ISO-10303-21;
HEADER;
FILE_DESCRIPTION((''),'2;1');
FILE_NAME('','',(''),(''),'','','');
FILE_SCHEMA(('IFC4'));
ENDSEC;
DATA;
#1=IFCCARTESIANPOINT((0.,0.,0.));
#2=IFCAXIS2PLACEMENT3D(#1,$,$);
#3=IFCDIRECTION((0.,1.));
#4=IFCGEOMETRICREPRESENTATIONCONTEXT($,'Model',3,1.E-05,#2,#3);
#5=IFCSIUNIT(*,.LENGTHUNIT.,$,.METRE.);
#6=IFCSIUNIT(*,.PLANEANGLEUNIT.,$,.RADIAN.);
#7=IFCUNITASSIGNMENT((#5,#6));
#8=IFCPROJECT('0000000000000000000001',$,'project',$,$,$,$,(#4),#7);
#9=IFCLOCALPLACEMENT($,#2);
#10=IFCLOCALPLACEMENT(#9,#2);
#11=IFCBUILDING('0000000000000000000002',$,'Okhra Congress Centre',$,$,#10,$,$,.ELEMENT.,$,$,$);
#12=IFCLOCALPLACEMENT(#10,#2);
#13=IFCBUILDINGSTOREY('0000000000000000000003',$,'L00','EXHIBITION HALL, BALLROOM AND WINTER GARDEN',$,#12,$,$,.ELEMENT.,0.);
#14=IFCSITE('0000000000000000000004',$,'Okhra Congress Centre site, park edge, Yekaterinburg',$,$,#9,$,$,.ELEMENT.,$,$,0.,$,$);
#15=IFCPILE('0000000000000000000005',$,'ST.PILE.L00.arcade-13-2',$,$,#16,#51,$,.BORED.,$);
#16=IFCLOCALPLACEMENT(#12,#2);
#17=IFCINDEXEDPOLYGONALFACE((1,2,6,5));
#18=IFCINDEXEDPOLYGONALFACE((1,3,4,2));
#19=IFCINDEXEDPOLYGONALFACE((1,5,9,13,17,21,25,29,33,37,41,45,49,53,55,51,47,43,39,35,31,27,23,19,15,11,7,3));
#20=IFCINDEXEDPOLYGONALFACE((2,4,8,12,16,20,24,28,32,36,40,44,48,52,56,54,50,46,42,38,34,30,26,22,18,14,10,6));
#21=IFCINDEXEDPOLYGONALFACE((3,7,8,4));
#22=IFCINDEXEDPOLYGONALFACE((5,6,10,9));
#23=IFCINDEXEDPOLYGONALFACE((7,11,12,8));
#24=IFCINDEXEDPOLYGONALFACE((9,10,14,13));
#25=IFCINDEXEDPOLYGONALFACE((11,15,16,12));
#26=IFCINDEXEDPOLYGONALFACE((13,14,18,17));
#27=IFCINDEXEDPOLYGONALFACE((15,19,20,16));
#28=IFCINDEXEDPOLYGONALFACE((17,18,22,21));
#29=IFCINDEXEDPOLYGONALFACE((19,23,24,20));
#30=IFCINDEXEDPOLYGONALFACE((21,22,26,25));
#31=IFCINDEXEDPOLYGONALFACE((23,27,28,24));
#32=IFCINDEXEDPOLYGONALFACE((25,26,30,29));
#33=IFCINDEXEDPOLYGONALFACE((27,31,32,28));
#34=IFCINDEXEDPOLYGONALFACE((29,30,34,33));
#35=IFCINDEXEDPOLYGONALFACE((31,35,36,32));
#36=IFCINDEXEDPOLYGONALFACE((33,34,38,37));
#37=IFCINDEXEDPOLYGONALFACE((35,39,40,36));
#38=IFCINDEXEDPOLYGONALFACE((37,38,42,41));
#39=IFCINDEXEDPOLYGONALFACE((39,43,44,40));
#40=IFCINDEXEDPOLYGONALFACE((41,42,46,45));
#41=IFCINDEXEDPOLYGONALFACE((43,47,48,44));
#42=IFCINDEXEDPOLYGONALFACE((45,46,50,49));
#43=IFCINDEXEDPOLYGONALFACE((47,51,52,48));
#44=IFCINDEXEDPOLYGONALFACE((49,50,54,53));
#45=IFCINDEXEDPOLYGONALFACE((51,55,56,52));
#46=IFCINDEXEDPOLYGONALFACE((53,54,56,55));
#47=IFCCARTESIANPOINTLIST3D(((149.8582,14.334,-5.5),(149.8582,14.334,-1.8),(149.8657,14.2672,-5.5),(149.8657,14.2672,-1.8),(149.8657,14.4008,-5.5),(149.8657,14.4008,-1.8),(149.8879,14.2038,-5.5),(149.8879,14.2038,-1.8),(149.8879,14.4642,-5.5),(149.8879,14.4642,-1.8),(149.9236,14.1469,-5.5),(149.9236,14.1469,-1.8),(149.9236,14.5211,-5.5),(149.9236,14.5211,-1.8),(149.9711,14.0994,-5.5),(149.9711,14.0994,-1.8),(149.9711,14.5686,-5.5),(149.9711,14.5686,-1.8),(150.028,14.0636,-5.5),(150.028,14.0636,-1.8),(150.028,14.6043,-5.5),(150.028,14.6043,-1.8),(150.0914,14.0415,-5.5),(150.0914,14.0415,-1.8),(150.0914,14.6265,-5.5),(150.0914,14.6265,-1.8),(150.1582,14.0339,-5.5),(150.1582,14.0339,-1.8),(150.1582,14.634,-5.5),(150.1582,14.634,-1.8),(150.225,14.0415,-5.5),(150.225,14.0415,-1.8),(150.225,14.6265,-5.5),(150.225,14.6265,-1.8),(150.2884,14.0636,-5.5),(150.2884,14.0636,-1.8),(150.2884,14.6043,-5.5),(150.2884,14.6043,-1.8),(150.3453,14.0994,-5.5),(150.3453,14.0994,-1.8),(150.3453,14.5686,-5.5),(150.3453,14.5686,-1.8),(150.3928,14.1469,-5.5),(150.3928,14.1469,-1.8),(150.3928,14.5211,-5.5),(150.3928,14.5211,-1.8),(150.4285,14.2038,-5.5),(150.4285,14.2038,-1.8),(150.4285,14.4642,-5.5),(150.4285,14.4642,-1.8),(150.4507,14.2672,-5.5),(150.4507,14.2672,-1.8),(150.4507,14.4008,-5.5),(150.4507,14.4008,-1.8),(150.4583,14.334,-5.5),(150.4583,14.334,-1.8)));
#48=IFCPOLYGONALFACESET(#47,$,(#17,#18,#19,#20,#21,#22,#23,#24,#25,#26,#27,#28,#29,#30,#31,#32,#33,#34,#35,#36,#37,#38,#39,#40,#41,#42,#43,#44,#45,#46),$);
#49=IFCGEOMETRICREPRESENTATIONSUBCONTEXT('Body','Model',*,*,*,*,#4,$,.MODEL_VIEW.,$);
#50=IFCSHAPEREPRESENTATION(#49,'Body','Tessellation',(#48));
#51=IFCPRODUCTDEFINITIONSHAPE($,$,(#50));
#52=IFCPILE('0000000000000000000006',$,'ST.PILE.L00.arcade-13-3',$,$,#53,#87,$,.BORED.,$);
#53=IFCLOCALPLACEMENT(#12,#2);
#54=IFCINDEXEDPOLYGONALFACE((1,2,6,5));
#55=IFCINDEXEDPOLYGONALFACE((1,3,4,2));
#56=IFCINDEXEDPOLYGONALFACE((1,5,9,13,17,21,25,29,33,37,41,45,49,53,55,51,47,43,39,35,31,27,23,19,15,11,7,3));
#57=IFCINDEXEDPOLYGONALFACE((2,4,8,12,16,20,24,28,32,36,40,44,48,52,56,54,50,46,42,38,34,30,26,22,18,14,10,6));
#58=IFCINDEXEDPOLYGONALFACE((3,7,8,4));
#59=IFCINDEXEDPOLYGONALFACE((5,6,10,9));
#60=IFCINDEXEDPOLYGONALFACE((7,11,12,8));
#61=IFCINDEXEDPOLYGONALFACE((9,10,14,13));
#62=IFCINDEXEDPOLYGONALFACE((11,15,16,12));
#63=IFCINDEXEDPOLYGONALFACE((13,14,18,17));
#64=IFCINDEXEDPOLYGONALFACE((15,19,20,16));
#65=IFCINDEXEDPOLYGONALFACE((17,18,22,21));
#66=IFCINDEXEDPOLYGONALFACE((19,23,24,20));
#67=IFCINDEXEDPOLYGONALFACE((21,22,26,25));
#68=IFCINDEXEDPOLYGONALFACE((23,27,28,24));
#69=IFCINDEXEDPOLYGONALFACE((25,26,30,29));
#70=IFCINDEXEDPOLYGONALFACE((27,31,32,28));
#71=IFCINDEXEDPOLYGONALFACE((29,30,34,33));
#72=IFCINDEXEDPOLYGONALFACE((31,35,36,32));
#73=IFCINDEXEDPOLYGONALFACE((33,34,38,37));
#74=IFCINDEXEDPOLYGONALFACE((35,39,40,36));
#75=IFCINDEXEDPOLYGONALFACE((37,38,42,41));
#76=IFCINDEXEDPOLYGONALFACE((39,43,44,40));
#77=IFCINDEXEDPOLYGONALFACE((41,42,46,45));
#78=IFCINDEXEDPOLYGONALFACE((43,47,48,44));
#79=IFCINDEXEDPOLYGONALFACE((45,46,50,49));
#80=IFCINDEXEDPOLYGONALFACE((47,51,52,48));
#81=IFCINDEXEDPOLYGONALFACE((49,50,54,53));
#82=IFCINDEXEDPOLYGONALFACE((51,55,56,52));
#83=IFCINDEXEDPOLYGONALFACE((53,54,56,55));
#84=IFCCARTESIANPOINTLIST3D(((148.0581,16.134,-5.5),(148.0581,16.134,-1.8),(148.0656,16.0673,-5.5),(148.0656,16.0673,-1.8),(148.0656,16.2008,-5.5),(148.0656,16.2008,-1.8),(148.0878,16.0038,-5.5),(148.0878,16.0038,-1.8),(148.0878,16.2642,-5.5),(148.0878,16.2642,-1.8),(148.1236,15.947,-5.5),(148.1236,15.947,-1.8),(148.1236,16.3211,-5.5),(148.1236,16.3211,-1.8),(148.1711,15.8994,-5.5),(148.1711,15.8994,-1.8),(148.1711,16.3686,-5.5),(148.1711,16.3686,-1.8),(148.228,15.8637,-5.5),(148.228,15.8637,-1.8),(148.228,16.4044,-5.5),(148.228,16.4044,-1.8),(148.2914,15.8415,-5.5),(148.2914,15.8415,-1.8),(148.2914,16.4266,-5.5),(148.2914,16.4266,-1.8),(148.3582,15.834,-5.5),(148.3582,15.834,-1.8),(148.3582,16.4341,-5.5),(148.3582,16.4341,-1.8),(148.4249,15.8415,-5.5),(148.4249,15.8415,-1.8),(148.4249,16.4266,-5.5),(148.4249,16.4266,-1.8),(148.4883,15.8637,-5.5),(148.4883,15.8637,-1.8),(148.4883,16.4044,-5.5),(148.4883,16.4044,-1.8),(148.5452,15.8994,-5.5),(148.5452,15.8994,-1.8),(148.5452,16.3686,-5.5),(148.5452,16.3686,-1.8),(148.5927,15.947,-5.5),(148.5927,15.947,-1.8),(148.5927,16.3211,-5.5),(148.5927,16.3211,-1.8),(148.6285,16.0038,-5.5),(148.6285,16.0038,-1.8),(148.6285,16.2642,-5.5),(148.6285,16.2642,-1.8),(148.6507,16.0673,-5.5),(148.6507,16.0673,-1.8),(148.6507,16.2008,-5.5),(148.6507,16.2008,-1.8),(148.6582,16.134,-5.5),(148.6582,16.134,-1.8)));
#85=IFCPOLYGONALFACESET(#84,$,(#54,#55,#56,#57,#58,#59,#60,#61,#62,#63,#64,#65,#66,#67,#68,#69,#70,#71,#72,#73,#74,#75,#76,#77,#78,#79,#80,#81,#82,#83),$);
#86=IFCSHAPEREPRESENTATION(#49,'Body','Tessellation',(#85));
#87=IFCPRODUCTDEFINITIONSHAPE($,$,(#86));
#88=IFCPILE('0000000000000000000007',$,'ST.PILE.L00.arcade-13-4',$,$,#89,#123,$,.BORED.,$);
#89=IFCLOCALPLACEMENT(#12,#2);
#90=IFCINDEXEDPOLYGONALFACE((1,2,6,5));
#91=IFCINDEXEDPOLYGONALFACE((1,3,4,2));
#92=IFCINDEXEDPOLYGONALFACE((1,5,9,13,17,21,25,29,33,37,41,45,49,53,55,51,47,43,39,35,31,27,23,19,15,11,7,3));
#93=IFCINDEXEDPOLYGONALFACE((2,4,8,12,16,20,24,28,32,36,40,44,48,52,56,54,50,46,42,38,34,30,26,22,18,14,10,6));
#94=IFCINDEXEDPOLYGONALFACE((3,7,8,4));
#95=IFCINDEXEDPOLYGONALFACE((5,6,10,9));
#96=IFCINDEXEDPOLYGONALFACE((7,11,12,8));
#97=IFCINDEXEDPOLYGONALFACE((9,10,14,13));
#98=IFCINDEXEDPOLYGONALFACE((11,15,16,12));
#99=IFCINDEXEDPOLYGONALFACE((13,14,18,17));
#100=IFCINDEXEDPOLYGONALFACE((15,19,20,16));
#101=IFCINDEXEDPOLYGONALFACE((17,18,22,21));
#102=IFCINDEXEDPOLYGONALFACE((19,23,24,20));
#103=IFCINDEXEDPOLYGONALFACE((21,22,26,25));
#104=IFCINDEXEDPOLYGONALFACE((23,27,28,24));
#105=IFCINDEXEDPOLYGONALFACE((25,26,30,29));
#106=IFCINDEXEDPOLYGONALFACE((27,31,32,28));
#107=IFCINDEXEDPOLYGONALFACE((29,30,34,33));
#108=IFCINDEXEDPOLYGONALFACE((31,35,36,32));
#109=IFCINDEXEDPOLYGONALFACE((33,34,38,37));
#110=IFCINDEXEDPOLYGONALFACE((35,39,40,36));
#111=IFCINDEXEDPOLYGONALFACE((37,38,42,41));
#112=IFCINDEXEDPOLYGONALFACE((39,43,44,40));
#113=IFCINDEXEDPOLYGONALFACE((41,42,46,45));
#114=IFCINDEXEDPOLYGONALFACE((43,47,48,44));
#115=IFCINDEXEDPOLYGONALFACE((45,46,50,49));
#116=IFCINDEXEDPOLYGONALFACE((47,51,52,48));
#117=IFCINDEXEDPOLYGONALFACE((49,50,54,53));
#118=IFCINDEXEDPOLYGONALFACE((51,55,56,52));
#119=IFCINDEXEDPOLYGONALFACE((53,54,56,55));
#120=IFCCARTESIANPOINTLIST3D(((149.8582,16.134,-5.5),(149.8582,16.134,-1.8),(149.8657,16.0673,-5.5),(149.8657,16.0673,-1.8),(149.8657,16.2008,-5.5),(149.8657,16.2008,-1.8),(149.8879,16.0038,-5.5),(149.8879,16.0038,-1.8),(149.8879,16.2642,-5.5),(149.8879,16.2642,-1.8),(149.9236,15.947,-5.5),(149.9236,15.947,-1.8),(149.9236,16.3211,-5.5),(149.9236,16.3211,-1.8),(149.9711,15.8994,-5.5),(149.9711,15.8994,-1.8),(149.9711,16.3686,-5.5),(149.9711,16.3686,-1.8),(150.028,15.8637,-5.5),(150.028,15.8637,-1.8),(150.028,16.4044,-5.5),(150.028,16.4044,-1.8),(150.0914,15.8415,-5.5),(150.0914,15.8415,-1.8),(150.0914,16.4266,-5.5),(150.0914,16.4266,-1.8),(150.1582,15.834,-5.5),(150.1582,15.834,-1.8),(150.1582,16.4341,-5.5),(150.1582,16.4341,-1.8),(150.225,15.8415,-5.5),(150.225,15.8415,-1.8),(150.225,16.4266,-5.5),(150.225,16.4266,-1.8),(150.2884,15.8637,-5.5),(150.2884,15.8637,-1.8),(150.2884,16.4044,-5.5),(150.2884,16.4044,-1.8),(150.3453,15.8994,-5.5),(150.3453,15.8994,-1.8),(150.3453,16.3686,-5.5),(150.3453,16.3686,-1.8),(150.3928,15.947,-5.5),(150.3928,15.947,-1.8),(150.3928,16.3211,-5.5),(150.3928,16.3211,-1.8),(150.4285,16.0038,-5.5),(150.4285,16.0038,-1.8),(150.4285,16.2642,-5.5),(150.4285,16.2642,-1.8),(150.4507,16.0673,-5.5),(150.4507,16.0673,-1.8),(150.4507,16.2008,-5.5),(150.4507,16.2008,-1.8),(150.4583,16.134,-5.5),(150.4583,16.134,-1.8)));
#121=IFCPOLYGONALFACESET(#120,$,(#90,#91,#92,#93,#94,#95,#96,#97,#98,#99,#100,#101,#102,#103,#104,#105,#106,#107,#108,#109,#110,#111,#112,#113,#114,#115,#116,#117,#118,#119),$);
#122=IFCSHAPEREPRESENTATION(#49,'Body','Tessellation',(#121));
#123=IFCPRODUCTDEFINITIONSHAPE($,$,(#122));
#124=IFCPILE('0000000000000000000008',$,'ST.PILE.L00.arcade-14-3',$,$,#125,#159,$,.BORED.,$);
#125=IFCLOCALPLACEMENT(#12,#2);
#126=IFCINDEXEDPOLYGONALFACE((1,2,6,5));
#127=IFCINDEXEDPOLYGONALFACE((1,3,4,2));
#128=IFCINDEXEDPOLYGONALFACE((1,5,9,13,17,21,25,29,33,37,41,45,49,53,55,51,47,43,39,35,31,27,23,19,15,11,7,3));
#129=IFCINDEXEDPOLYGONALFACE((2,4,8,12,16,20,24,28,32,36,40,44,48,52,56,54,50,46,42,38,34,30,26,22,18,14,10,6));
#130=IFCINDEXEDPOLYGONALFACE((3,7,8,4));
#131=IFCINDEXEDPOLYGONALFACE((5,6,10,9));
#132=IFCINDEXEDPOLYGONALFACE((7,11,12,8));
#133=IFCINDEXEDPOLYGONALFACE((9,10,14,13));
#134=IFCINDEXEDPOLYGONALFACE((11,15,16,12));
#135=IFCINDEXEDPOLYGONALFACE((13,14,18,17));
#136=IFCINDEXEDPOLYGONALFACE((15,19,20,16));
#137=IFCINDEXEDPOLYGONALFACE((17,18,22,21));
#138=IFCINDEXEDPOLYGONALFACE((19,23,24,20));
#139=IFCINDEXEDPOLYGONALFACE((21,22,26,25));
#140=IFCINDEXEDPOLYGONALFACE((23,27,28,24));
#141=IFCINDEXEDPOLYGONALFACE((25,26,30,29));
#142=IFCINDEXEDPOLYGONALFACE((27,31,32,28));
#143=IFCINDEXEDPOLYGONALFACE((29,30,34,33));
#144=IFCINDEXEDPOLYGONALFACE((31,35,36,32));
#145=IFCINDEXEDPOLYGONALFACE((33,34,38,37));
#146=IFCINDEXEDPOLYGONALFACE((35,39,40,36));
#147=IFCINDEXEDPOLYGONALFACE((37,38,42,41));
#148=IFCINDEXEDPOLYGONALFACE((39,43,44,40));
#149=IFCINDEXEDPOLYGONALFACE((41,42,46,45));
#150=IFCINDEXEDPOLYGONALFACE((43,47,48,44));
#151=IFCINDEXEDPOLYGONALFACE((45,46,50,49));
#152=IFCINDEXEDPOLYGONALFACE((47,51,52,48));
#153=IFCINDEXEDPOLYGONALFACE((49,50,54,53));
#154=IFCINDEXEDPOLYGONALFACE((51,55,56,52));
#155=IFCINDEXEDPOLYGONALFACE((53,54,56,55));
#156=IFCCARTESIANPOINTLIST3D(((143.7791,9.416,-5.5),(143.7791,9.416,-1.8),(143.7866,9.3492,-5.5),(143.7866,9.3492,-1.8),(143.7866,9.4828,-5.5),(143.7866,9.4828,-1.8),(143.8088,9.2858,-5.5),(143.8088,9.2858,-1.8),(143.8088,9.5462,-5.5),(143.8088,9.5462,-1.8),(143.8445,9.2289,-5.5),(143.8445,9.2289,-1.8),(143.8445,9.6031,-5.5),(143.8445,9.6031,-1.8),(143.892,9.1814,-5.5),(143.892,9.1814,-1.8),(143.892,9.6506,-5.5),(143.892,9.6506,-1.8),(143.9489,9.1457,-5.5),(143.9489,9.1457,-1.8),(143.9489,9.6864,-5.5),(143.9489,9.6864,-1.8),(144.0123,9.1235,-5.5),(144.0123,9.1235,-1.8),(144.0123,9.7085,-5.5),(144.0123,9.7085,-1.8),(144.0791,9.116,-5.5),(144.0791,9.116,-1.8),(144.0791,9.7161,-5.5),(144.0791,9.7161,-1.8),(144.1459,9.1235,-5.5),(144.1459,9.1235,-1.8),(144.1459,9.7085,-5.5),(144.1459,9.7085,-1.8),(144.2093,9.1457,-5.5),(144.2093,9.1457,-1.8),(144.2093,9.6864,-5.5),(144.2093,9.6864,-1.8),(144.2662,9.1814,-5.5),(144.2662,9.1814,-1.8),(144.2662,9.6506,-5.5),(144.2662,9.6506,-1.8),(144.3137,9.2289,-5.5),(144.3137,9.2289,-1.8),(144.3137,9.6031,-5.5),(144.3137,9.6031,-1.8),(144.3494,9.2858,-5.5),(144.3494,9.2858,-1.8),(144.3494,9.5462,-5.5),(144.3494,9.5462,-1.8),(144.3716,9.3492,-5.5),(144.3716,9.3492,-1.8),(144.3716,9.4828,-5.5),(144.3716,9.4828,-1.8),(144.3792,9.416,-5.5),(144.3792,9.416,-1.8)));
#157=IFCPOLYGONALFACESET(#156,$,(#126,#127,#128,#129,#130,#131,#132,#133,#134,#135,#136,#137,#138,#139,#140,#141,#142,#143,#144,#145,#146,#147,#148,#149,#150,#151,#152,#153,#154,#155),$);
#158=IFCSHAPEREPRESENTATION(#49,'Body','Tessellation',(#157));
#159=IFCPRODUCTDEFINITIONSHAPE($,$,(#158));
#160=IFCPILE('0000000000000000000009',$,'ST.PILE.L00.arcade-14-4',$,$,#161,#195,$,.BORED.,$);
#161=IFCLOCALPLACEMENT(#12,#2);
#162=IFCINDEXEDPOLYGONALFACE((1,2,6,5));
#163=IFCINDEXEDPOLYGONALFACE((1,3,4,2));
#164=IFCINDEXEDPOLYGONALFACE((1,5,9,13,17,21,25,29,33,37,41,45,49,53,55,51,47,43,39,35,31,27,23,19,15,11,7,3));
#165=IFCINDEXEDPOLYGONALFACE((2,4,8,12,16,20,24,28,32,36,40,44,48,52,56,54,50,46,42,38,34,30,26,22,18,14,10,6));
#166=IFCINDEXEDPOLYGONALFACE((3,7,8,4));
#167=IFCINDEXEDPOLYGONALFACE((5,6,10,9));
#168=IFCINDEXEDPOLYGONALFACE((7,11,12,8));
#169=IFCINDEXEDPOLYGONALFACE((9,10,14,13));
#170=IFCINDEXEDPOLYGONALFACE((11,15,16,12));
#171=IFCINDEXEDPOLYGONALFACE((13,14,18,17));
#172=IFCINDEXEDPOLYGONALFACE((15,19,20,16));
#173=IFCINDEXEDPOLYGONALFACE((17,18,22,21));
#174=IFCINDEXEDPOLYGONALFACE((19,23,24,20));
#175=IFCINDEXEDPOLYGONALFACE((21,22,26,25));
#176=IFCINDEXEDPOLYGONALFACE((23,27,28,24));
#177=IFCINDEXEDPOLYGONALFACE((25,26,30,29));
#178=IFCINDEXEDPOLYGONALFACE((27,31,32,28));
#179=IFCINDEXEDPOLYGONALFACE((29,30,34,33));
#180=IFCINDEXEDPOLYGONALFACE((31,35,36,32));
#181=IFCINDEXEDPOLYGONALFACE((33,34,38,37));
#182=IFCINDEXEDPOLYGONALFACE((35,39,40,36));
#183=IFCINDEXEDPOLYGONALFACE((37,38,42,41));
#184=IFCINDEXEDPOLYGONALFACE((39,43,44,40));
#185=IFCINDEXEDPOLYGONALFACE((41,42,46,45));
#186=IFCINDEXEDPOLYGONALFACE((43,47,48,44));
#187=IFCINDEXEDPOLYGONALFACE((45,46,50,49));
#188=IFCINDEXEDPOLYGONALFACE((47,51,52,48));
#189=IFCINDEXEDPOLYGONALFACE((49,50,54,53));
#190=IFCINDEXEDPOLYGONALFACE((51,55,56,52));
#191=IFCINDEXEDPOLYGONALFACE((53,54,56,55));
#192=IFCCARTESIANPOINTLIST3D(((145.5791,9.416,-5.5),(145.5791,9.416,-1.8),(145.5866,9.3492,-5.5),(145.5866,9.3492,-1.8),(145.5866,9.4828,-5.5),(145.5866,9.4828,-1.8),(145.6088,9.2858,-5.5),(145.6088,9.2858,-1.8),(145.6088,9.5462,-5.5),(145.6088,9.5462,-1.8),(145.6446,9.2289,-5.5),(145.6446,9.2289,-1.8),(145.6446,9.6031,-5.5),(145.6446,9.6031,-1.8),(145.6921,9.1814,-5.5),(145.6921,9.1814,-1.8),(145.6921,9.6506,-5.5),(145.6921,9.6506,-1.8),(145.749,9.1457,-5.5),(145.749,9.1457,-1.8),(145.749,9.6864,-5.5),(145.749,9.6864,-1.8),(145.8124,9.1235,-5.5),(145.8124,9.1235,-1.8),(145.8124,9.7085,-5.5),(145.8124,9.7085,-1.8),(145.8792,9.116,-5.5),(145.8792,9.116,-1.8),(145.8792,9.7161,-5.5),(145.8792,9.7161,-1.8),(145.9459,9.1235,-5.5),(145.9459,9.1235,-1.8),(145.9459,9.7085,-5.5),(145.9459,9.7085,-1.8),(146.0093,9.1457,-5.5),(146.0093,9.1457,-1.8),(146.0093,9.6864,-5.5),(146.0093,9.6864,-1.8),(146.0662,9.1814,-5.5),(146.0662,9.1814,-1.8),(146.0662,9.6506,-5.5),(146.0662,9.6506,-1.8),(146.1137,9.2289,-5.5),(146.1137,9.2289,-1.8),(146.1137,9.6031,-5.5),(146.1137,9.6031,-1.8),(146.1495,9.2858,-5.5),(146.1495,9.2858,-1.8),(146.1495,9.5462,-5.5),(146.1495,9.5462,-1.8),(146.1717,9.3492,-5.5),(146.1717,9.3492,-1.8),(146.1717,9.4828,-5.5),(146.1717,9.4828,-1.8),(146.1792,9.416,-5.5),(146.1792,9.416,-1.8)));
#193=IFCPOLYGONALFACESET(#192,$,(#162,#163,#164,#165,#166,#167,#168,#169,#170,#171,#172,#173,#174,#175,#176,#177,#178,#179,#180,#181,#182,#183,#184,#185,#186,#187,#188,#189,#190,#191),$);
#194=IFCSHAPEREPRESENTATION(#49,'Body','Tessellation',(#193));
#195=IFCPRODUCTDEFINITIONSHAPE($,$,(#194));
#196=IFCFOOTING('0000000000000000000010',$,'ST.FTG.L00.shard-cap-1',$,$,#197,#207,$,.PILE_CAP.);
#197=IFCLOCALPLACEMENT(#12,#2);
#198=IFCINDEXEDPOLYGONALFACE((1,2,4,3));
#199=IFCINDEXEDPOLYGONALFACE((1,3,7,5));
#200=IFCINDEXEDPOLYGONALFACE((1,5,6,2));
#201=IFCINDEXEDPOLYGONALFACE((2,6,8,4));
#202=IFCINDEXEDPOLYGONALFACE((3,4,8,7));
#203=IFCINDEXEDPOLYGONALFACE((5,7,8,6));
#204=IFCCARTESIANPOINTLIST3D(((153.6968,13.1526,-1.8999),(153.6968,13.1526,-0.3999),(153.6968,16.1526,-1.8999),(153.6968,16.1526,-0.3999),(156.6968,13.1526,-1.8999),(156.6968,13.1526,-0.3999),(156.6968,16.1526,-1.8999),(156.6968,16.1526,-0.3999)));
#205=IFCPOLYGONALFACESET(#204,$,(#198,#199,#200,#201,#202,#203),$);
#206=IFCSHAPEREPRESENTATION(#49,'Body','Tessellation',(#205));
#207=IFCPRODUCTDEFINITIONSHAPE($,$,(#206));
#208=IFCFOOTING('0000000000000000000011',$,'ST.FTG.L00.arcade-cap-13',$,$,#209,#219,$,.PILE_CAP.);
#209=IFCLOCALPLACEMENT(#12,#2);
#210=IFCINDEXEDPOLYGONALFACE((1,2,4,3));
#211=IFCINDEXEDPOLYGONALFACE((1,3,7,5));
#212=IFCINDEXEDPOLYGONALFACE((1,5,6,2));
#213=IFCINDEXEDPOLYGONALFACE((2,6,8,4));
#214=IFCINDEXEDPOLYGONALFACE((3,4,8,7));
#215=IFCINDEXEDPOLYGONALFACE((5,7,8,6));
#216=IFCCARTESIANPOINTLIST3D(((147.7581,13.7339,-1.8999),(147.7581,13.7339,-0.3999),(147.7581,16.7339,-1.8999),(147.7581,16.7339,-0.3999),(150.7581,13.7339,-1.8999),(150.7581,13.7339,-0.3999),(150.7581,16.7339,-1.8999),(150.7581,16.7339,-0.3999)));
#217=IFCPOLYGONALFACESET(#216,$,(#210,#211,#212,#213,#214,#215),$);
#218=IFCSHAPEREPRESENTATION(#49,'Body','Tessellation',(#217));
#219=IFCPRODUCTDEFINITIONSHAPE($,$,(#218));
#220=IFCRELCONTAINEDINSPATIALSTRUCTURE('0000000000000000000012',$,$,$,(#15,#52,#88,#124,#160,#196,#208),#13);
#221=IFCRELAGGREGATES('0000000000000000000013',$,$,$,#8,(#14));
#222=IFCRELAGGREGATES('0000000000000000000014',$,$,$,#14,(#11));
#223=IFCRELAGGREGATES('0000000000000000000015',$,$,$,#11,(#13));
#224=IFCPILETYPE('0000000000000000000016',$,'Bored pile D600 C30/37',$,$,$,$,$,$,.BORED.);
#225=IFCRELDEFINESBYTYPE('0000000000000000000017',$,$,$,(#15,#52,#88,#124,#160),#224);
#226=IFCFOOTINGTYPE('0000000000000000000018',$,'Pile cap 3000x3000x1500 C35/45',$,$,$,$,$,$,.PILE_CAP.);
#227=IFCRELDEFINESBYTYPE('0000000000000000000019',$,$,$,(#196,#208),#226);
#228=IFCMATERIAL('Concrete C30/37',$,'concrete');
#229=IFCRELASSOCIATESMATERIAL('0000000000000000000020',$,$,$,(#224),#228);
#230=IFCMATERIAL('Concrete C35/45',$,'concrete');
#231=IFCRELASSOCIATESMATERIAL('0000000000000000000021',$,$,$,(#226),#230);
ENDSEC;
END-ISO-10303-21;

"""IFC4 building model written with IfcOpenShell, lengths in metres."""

from ifc_helpers import new_model, si_unit, direction, frame, origin, origin_2d, place, context, subcontext, project, spatial, rectangle, circle, extrude, material, material_profile, profile_set, type_object, element, save


model = new_model("IFC4")

# Units and contexts
model_context = context("Model", 3, precision=1e-05, world=origin(), true_north=direction((0.0, 1.0)))
body_context = subcontext(model_context, "Body", "Model", "MODEL_VIEW")
ifc_project = project(units=[si_unit("LENGTHUNIT", "METRE"), si_unit("PLANEANGLEUNIT", "RADIAN")], contexts=[model_context])

# Site, building, storey
site_placement = place(None, origin())
site = spatial("IfcSite", under=ifc_project, at=site_placement, Name="Okhra Congress Centre site, park edge, Yekaterinburg", CompositionType="ELEMENT", RefElevation=0.0)
building_placement = place(site_placement, origin())
building = spatial("IfcBuilding", under=site, at=building_placement, Name="Okhra Congress Centre", CompositionType="ELEMENT")
storey_placement = place(building_placement, origin())
storey = spatial("IfcBuildingStorey", under=building, at=storey_placement, Name="L00", Description="EXHIBITION HALL, BALLROOM AND WINTER GARDEN", CompositionType="ELEMENT", Elevation=0.0)

# Piles
ifc_material_1 = material(Name="Concrete C30/37", Category="concrete")
ifc_material_profile_1 = material_profile(ifc_material_1, circle(Radius=0.3, at=origin_2d()), Name="D600")
ifc_profile_set_1 = profile_set([ifc_material_profile_1], Name="Concrete C30/37")
pile_type = type_object("IfcPileType", Name="Bored pile D600 C30/37", PredefinedType="BORED", material=ifc_profile_set_1)
for number, where, z_axis, x_axis, name in (
    (1, (150.1582, 14.334, -1.8), (0.0, 0.0, -1.0), (1.0, 0.0, 0.0), "ST.PILE.L00.arcade-13-2"),
    (2, (148.3582, 16.134, -1.8), (0.0, 0.0, -1.0), (1.0, 0.0, 0.0), "ST.PILE.L00.arcade-13-3"),
    (3, (150.1582, 16.134, -1.8), (0.0, 0.0, -1.0), (1.0, 0.0, 0.0), "ST.PILE.L00.arcade-13-4"),
    (4, (144.0791, 9.416, -1.8), (0.0, 0.0, -1.0), (1.0, 0.0, 0.0), "ST.PILE.L00.arcade-14-3"),
    (5, (145.8792, 9.416, -1.8), (0.0, 0.0, -1.0), (1.0, 0.0, 0.0), "ST.PILE.L00.arcade-14-4"),
):
    element("IfcPile", number, at=place(storey_placement, frame(where, z_axis=z_axis, x_axis=x_axis)), inside=storey, type_object=pile_type, Name=name, PredefinedType="BORED", context=body_context, shape_type="SweptSolid", body=[
        extrude(circle(Radius=0.3, at=origin_2d()), origin(), (0.0, 0.0, 1.0), 3.7),
    ])

# Footings
ifc_material_2 = material(Name="Concrete C35/45", Category="concrete")
footing_type = type_object("IfcFootingType", Name="Pile cap 3000x3000x1500 C35/45", PredefinedType="PILE_CAP", material=ifc_material_2)
for number, where, z_axis, x_axis, name in (
    (6, (155.1968, 14.6526, -1.8999), (0.0, 0.0, 1.0), (1.0, 0.0, 0.0), "ST.FTG.L00.shard-cap-1"),
    (7, (149.2581, 15.2339, -1.8999), (0.0, 0.0, 1.0), (1.0, 0.0, 0.0), "ST.FTG.L00.arcade-cap-13"),
):
    element("IfcFooting", number, at=place(storey_placement, frame(where, z_axis=z_axis, x_axis=x_axis)), inside=storey, type_object=footing_type, Name=name, PredefinedType="PILE_CAP", context=body_context, shape_type="SweptSolid", body=[
        extrude(rectangle(XDim=3.0, YDim=3.0, at=origin_2d()), origin(), (0.0, 0.0, 1.0), 1.5),
    ])

save(model, "model.ifc")
